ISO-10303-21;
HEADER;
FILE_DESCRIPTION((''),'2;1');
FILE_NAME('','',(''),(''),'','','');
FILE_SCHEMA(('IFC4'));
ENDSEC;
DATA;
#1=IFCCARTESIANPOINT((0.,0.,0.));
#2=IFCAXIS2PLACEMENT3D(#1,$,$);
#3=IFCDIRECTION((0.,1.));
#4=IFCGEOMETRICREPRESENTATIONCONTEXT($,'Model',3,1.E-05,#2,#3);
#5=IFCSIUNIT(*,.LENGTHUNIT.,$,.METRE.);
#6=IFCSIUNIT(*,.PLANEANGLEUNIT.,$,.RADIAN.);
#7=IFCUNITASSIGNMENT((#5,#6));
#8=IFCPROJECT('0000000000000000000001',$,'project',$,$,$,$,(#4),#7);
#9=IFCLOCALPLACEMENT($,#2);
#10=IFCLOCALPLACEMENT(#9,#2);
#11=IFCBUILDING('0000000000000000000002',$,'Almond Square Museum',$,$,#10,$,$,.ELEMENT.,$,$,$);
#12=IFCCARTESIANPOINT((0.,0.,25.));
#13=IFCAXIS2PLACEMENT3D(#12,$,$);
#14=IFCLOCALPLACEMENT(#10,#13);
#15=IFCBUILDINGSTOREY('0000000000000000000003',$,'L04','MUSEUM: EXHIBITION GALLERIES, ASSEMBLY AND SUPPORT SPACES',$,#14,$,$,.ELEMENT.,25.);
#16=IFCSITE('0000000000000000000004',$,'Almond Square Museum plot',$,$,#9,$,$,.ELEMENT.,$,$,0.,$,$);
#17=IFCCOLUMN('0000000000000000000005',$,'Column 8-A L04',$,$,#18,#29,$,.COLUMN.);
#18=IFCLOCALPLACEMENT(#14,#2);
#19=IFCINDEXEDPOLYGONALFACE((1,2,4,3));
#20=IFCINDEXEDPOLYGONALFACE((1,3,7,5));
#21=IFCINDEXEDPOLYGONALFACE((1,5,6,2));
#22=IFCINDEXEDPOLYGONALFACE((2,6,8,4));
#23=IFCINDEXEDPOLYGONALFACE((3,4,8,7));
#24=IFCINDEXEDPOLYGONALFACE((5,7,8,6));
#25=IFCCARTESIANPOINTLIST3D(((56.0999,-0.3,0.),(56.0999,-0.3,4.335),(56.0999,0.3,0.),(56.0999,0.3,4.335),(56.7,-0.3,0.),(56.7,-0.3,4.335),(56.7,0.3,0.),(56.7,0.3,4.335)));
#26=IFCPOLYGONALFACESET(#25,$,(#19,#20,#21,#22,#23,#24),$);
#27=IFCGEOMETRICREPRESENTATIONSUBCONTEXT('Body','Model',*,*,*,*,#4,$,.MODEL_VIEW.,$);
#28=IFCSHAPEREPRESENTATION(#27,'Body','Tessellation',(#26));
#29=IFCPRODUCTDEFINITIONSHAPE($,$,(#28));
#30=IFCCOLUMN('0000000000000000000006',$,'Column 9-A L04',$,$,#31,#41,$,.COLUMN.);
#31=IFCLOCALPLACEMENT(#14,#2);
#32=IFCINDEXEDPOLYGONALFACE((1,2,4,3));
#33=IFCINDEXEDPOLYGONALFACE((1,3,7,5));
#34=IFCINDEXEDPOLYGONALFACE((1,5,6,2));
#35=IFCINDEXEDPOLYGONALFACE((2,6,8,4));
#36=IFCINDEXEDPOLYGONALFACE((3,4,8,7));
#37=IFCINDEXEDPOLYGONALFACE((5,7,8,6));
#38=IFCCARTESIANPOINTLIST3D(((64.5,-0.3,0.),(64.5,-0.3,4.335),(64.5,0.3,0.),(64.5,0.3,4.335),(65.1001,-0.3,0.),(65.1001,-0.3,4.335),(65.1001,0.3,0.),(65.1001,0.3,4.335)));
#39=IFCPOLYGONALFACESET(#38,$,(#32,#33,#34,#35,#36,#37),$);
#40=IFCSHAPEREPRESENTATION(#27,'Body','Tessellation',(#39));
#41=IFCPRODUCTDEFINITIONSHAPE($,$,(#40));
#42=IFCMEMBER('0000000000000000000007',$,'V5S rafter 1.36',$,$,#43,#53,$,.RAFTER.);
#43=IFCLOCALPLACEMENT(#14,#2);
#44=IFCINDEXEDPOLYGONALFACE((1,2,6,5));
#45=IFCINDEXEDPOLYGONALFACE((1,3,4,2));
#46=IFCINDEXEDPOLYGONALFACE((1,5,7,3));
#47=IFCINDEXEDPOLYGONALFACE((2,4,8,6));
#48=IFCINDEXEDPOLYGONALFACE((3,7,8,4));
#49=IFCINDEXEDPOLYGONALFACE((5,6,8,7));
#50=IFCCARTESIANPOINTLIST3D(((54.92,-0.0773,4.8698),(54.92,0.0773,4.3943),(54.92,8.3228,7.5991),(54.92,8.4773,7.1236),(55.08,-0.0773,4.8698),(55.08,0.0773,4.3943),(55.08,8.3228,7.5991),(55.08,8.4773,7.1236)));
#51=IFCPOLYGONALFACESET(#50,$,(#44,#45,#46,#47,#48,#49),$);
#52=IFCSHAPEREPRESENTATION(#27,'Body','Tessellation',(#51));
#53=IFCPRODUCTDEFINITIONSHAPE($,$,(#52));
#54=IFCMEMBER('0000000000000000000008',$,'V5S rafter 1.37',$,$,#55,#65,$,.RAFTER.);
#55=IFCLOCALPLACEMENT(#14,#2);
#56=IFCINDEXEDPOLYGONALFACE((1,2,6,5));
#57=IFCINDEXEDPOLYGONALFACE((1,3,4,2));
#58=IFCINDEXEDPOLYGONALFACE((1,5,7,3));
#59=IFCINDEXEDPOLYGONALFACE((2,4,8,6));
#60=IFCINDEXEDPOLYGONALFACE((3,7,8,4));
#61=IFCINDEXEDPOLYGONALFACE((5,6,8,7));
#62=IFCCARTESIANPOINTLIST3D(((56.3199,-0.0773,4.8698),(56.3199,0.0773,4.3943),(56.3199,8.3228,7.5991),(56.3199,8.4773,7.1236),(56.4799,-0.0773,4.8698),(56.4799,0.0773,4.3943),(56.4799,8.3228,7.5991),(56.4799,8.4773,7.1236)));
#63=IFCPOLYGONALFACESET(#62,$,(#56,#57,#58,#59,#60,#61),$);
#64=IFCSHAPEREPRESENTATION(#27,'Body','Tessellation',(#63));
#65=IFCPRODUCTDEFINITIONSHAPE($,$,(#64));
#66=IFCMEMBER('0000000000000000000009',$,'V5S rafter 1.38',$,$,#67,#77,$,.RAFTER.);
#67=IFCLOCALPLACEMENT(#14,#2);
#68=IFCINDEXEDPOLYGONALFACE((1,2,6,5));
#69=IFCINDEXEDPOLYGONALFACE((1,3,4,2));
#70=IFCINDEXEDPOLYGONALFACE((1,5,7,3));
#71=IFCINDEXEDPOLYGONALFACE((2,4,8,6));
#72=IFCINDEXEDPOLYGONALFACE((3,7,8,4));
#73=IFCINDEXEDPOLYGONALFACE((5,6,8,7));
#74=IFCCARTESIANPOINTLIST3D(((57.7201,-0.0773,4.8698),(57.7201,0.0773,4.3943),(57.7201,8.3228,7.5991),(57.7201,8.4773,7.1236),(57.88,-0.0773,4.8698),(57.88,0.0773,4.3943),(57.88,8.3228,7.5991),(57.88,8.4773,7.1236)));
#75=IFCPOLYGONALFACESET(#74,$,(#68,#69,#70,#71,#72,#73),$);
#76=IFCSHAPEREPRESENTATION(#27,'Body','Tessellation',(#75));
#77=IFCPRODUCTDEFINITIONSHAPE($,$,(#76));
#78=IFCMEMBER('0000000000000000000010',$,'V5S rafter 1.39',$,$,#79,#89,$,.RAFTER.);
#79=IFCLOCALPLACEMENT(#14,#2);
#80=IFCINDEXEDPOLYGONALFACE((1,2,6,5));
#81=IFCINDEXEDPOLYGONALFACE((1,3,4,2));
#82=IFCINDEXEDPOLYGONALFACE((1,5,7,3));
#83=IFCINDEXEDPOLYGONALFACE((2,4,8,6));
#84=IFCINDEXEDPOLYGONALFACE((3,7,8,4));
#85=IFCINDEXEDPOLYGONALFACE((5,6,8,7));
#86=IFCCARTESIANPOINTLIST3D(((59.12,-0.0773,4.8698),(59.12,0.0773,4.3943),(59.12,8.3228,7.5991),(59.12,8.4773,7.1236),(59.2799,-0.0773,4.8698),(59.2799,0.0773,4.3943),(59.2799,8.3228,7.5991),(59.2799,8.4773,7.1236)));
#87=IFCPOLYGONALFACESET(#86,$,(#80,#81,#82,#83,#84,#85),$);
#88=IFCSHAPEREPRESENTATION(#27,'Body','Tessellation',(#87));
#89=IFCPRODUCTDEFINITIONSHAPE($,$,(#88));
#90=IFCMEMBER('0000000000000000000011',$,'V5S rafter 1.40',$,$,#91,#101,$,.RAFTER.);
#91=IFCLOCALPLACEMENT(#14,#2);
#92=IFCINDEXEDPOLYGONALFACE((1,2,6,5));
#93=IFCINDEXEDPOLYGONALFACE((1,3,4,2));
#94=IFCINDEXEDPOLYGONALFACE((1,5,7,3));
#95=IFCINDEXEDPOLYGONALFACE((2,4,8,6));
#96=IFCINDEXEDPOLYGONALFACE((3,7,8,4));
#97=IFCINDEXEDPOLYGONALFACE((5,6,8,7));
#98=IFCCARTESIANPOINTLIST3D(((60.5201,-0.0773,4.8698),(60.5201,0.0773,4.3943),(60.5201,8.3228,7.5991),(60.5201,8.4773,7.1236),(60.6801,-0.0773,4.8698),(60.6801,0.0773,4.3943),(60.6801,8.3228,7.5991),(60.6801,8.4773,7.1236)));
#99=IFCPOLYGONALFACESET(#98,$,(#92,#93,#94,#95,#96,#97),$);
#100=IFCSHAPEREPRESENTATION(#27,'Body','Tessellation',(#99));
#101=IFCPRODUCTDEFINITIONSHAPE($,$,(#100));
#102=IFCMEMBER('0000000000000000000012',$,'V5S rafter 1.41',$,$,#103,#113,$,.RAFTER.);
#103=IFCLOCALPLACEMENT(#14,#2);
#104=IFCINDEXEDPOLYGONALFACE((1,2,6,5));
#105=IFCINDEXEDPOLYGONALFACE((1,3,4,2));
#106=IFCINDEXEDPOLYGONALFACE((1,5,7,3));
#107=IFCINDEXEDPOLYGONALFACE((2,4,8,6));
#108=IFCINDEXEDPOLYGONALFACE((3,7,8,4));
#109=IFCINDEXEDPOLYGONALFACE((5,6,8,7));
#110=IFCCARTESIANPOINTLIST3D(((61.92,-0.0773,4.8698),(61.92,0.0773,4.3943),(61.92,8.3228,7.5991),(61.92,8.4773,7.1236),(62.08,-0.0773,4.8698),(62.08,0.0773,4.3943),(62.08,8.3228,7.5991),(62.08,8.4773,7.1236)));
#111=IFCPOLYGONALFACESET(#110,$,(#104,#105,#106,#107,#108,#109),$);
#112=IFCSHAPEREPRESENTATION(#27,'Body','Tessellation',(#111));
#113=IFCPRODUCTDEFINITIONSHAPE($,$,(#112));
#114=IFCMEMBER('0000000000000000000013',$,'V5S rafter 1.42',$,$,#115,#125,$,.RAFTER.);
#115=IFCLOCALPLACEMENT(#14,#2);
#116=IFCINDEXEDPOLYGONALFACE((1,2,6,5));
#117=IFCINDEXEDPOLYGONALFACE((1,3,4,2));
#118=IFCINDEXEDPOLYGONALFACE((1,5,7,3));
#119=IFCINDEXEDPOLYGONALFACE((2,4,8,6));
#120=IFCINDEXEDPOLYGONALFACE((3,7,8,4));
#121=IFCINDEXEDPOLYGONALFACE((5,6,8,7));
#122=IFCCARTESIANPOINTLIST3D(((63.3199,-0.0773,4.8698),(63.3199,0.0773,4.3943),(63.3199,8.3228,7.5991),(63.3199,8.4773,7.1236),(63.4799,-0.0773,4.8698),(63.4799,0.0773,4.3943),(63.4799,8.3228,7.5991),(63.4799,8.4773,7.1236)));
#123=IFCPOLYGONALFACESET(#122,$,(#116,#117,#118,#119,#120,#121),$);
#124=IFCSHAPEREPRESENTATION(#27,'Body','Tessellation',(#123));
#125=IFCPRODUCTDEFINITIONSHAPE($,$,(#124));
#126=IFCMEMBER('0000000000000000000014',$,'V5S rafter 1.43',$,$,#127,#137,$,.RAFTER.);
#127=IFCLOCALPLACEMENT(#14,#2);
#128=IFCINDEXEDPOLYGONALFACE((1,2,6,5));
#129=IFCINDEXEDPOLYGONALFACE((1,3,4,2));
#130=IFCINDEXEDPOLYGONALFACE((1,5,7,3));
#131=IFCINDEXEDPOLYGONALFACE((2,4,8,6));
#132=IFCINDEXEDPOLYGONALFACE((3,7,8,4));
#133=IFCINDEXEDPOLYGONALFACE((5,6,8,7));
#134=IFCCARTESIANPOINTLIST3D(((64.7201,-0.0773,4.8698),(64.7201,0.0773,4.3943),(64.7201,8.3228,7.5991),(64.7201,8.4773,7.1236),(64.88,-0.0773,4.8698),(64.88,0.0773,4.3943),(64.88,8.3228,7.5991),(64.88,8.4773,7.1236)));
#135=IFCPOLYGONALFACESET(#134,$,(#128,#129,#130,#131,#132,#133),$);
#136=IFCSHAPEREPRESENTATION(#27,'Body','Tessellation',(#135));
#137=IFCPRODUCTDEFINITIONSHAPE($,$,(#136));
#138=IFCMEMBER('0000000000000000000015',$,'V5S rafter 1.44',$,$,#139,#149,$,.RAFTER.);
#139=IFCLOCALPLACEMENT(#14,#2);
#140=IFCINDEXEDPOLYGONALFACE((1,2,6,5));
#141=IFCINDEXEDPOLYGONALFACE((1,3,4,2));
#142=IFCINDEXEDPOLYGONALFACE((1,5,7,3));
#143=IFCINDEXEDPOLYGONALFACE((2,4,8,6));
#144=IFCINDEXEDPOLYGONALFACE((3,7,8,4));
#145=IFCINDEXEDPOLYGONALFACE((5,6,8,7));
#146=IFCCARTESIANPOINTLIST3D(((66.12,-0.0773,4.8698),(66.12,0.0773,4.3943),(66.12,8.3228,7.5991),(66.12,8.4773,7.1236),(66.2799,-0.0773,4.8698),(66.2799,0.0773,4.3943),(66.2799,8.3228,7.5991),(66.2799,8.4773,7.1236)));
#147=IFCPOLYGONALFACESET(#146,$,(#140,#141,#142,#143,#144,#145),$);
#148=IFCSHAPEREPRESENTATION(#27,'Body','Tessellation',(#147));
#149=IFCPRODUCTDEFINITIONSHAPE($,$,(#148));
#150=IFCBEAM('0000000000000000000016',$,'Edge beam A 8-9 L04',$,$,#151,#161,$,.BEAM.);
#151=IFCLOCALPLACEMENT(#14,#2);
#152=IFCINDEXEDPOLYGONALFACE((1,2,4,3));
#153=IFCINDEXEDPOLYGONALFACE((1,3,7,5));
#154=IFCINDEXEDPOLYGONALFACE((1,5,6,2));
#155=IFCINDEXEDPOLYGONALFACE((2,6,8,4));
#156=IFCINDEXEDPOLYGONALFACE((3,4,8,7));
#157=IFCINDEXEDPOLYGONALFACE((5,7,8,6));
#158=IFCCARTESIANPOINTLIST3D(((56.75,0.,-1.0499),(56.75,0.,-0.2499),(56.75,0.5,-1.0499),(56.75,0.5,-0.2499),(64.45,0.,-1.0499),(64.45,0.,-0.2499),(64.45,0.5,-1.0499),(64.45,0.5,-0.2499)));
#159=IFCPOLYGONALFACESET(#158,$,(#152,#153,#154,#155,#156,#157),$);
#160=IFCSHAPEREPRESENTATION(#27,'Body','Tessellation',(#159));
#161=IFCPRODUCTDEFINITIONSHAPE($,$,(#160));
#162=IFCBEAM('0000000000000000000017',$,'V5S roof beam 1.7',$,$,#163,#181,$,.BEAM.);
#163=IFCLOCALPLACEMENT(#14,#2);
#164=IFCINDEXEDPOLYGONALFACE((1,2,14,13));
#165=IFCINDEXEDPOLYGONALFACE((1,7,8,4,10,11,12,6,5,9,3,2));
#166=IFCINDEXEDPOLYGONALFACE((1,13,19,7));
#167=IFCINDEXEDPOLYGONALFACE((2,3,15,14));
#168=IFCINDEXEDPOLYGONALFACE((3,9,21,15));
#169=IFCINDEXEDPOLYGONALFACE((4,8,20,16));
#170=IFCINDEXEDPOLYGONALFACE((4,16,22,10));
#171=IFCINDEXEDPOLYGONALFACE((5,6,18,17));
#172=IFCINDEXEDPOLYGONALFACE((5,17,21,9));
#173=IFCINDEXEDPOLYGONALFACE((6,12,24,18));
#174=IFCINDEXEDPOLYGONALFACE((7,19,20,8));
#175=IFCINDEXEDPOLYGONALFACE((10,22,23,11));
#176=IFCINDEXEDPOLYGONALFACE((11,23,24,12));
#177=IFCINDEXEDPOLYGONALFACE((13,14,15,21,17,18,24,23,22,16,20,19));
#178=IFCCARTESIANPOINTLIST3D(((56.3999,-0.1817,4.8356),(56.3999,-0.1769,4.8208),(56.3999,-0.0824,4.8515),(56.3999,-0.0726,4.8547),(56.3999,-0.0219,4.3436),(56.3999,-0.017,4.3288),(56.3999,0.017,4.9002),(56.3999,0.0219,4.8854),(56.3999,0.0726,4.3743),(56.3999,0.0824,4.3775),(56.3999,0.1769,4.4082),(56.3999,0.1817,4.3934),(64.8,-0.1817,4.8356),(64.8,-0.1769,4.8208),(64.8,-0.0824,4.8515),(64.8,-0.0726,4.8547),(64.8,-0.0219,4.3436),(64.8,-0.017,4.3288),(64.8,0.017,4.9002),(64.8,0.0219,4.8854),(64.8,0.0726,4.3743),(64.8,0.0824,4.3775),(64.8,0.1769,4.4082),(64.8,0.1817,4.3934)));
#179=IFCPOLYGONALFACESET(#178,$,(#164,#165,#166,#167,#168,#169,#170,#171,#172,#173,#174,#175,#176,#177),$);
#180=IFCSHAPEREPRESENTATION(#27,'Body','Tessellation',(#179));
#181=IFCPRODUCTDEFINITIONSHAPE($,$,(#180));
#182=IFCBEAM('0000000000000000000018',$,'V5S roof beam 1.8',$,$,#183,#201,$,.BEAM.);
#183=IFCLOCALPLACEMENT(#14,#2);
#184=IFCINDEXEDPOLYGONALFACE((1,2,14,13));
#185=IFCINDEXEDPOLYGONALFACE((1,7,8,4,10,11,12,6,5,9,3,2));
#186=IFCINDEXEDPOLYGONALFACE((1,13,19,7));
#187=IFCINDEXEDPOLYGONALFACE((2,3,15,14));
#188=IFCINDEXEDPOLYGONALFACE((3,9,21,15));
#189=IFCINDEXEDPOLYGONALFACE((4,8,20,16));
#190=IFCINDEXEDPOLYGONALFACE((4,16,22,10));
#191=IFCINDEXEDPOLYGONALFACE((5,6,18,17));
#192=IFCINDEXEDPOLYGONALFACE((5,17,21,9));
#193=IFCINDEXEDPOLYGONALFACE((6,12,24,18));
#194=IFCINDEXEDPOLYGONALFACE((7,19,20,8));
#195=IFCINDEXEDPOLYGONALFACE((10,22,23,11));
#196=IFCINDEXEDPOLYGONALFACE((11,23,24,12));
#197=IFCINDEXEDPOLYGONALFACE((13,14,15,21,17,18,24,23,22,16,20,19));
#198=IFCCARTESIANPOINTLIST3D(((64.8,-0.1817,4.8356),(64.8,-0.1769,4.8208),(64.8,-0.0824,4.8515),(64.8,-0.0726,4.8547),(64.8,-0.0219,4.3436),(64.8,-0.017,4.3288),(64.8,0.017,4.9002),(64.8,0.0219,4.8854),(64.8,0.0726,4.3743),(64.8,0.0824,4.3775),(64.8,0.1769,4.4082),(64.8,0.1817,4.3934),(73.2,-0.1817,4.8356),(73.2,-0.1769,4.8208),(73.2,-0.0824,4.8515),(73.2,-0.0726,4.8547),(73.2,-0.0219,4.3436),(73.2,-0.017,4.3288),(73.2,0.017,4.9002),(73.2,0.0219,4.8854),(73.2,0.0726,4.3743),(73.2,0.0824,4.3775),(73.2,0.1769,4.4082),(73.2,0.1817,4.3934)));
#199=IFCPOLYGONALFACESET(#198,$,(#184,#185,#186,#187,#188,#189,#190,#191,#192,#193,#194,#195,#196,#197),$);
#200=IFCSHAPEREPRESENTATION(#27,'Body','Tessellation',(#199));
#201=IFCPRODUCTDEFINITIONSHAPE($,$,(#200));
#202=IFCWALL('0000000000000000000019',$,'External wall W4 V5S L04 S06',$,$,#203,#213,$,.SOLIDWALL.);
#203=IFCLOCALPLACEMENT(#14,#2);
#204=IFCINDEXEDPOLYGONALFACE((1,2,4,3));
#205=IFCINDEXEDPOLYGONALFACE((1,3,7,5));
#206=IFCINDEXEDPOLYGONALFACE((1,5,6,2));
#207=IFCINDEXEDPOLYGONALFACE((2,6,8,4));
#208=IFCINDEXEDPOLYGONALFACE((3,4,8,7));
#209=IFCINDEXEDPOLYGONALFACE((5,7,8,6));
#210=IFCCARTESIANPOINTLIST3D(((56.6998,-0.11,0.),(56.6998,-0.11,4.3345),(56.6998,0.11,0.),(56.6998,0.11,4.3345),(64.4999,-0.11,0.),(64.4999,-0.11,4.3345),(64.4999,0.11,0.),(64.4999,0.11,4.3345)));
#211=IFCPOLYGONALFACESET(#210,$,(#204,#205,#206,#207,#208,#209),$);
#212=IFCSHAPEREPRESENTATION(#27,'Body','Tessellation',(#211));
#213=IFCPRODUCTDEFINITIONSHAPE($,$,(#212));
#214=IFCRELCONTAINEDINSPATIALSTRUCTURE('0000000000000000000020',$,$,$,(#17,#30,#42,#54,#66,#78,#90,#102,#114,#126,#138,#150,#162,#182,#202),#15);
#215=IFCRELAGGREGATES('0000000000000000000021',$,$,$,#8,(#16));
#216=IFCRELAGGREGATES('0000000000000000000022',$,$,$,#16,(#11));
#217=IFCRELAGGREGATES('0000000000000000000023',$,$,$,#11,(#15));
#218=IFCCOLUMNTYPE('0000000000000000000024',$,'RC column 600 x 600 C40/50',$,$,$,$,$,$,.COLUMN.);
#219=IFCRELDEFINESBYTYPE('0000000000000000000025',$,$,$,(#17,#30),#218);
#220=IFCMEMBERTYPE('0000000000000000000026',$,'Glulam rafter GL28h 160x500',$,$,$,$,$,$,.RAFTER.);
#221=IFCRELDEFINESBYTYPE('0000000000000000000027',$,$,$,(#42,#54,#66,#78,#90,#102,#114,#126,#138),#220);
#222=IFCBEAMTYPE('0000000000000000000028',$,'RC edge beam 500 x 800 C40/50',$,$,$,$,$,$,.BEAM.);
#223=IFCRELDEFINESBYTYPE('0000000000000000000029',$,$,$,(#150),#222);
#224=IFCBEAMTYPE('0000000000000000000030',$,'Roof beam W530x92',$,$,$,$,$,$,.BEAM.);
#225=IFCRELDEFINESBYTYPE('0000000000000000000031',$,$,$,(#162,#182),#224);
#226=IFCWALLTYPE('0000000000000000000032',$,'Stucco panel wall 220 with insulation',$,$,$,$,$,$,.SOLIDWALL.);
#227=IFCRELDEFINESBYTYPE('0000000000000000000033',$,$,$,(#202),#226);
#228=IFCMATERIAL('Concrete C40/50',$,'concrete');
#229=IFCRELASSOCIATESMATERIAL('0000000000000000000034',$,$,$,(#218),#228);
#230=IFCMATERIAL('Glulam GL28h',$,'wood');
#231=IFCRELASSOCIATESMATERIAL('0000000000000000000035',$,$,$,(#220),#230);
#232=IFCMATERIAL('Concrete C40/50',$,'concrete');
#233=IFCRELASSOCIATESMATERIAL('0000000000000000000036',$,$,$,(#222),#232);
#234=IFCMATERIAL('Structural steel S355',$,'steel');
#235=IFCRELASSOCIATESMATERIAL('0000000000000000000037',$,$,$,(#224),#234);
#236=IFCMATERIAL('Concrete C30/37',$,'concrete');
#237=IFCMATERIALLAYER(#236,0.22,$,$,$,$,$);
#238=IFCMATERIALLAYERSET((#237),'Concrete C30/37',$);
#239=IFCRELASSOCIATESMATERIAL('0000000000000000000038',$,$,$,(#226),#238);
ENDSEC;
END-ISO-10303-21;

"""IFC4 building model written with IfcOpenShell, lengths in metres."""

from ifc_helpers import new_model, si_unit, direction, frame, frame_2d, origin, origin_2d, place, context, subcontext, project, spatial, rectangle, i_section, extrude, material, layer, layer_set, material_profile, profile_set, type_object, element, save


model = new_model("IFC4")

# Units and contexts
model_context = context("Model", 3, precision=1e-05, world=origin(), true_north=direction((0.0, 1.0)))
body_context = subcontext(model_context, "Body", "Model", "MODEL_VIEW")
ifc_project = project(units=[si_unit("LENGTHUNIT", "METRE"), si_unit("PLANEANGLEUNIT", "RADIAN")], contexts=[model_context])

# Site, building, storey
site_placement = place(None, origin())
site = spatial("IfcSite", under=ifc_project, at=site_placement, Name="Almond Square Museum plot", CompositionType="ELEMENT", RefElevation=0.0)
building_placement = place(site_placement, origin())
building = spatial("IfcBuilding", under=site, at=building_placement, Name="Almond Square Museum", CompositionType="ELEMENT")
storey_placement = place(building_placement, frame((0.0, 0.0, 25.0)))
storey = spatial("IfcBuildingStorey", under=building, at=storey_placement, Name="L04", Description="MUSEUM: EXHIBITION GALLERIES, ASSEMBLY AND SUPPORT SPACES", CompositionType="ELEMENT", Elevation=25.0)

# Columns
ifc_material_1 = material(Name="Concrete C40/50", Category="concrete")
ifc_material_profile_1 = material_profile(ifc_material_1, rectangle(XDim=0.6001, YDim=0.6001, at=origin_2d()))
ifc_profile_set_1 = profile_set([ifc_material_profile_1], Name="Concrete C40/50")
column_type = type_object("IfcColumnType", Name="RC column 600 x 600 C40/50", PredefinedType="COLUMN", material=ifc_profile_set_1)
for number, where, z_axis, x_axis, name in (
    (1, (56.3999, 0.0, 0.0), (0.0, 0.0, 1.0), (1.0, 0.0, 0.0), "Column 8-A L04"),
    (2, (64.8, 0.0, 0.0), (0.0, 0.0, 1.0), (1.0, 0.0, 0.0), "Column 9-A L04"),
):
    element("IfcColumn", number, at=place(storey_placement, frame(where, z_axis=z_axis, x_axis=x_axis)), inside=storey, type_object=column_type, Name=name, PredefinedType="COLUMN", context=body_context, shape_type="SweptSolid", body=[
        extrude(rectangle(XDim=0.6001, YDim=0.6001, at=origin_2d()), origin(), (0.0, 0.0, 1.0), 4.335),
    ])

# Members
ifc_material_2 = material(Name="Glulam GL28h", Category="wood")
ifc_material_profile_2 = material_profile(ifc_material_2, rectangle(XDim=0.1599, YDim=0.5, at=origin_2d()))
ifc_profile_set_2 = profile_set([ifc_material_profile_2], Name="Glulam GL28h")
member_type = type_object("IfcMemberType", Name="Glulam rafter GL28h 160x500", PredefinedType="RAFTER", material=ifc_profile_set_2)
for number, where, z_axis, x_axis, name in (
    (3, (55.0, 0.0, 4.6321), (0.0, 0.951058, 0.309012), (-1.0, 0.0, 0.0), "V5S rafter 1.36"),
    (4, (56.3999, 0.0, 4.6321), (0.0, 0.951058, 0.309012), (-1.0, 0.0, 0.0), "V5S rafter 1.37"),
    (5, (57.8, 0.0, 4.6321), (0.0, 0.951058, 0.309012), (-1.0, 0.0, 0.0), "V5S rafter 1.38"),
    (6, (59.2, 0.0, 4.6321), (0.0, 0.951058, 0.309012), (-1.0, 0.0, 0.0), "V5S rafter 1.39"),
    (7, (60.6001, 0.0, 4.6321), (0.0, 0.951058, 0.309012), (-1.0, 0.0, 0.0), "V5S rafter 1.40"),
    (8, (62.0, 0.0, 4.6321), (0.0, 0.951058, 0.309012), (-1.0, 0.0, 0.0), "V5S rafter 1.41"),
    (9, (63.3999, 0.0, 4.6321), (0.0, 0.951058, 0.309012), (-1.0, 0.0, 0.0), "V5S rafter 1.42"),
    (10, (64.8, 0.0, 4.6321), (0.0, 0.951058, 0.309012), (-1.0, 0.0, 0.0), "V5S rafter 1.43"),
    (11, (66.2, 0.0, 4.6321), (0.0, 0.951058, 0.309012), (-1.0, 0.0, 0.0), "V5S rafter 1.44"),
):
    element("IfcMember", number, at=place(storey_placement, frame(where, z_axis=z_axis, x_axis=x_axis)), inside=storey, type_object=member_type, Name=name, PredefinedType="RAFTER", context=body_context, shape_type="SweptSolid", body=[
        extrude(rectangle(XDim=0.1599, YDim=0.5, at=origin_2d()), origin(), (0.0, 0.0, 1.0), 8.8323),
    ])

# Beams
ifc_material_3 = material(Name="Concrete C40/50", Category="concrete")
ifc_material_profile_3 = material_profile(ifc_material_3, rectangle(XDim=0.5, YDim=0.8, at=origin_2d()))
ifc_profile_set_3 = profile_set([ifc_material_profile_3], Name="Concrete C40/50")
beam_type_1 = type_object("IfcBeamType", Name="RC edge beam 500 x 800 C40/50", PredefinedType="BEAM", material=ifc_profile_set_3)
beam_1_placement = place(storey_placement, frame((56.75, 0.25, -0.6499), z_axis=(1.0, 0.0, 0.0), x_axis=(0.0, 1.0, 0.0)))
element("IfcBeam", 12, at=beam_1_placement, inside=storey, type_object=beam_type_1, Name="Edge beam A 8-9 L04", PredefinedType="BEAM", context=body_context, shape_type="SweptSolid", body=[
    extrude(rectangle(XDim=0.5, YDim=0.8, at=origin_2d()), origin(), (0.0, 0.0, 1.0), 7.7),
])
ifc_material_4 = material(Name="Structural steel S355", Category="steel")
ifc_material_profile_4 = material_profile(ifc_material_4, i_section(OverallWidth=0.209, OverallDepth=0.533, WebThickness=0.0103, FlangeThickness=0.0156, at=origin_2d()))
ifc_profile_set_4 = profile_set([ifc_material_profile_4], Name="Structural steel S355")
beam_type_2 = type_object("IfcBeamType", Name="Roof beam W530x92", PredefinedType="BEAM", material=ifc_profile_set_4)
beam_2_placement = place(storey_placement, frame((56.3999, 0.0, 4.6145), z_axis=(1.0, 0.0, 0.0), x_axis=(0.0, 0.951057, 0.309017)))
element("IfcBeam", 13, at=beam_2_placement, inside=storey, type_object=beam_type_2, Name="V5S roof beam 1.7", PredefinedType="BEAM", context=body_context, shape_type="SweptSolid", body=[
    extrude(i_section(OverallWidth=0.209, OverallDepth=0.533, WebThickness=0.0103, FlangeThickness=0.0156, at=origin_2d()), origin(), (0.0, 0.0, 1.0), 8.4001),
])
beam_3_placement = place(storey_placement, frame((64.8, 0.0, 4.6145), z_axis=(1.0, 0.0, 0.0), x_axis=(0.0, 0.951057, 0.309017)))
element("IfcBeam", 14, at=beam_3_placement, inside=storey, type_object=beam_type_2, Name="V5S roof beam 1.8", PredefinedType="BEAM", context=body_context, shape_type="SweptSolid", body=[
    extrude(i_section(OverallWidth=0.209, OverallDepth=0.533, WebThickness=0.0103, FlangeThickness=0.0156, at=origin_2d()), origin(), (0.0, 0.0, 1.0), 8.3999),
])

# Wall
ifc_material_5 = material(Name="Concrete C30/37", Category="concrete")
ifc_layer = layer(ifc_material_5, 0.22)
ifc_layer_set = layer_set([ifc_layer], Name="Concrete C30/37")
wall_type = type_object("IfcWallType", Name="Stucco panel wall 220 with insulation", PredefinedType="SOLIDWALL", material=ifc_layer_set)
wall_1_placement = place(storey_placement, frame((56.7, 0.0, 0.0), z_axis=(0.0, 0.0, 1.0), x_axis=(1.0, 0.0, 0.0)))
element("IfcWall", 15, at=wall_1_placement, inside=storey, type_object=wall_type, Name="External wall W4 V5S L04 S06", PredefinedType="SOLIDWALL", context=body_context, shape_type="SweptSolid", body=[
    extrude(rectangle(XDim=7.8, YDim=0.22, at=frame_2d((3.8999, 0.0))), origin(), (0.0, 0.0, 1.0), 4.3345),
])

save(model, "model.ifc")
